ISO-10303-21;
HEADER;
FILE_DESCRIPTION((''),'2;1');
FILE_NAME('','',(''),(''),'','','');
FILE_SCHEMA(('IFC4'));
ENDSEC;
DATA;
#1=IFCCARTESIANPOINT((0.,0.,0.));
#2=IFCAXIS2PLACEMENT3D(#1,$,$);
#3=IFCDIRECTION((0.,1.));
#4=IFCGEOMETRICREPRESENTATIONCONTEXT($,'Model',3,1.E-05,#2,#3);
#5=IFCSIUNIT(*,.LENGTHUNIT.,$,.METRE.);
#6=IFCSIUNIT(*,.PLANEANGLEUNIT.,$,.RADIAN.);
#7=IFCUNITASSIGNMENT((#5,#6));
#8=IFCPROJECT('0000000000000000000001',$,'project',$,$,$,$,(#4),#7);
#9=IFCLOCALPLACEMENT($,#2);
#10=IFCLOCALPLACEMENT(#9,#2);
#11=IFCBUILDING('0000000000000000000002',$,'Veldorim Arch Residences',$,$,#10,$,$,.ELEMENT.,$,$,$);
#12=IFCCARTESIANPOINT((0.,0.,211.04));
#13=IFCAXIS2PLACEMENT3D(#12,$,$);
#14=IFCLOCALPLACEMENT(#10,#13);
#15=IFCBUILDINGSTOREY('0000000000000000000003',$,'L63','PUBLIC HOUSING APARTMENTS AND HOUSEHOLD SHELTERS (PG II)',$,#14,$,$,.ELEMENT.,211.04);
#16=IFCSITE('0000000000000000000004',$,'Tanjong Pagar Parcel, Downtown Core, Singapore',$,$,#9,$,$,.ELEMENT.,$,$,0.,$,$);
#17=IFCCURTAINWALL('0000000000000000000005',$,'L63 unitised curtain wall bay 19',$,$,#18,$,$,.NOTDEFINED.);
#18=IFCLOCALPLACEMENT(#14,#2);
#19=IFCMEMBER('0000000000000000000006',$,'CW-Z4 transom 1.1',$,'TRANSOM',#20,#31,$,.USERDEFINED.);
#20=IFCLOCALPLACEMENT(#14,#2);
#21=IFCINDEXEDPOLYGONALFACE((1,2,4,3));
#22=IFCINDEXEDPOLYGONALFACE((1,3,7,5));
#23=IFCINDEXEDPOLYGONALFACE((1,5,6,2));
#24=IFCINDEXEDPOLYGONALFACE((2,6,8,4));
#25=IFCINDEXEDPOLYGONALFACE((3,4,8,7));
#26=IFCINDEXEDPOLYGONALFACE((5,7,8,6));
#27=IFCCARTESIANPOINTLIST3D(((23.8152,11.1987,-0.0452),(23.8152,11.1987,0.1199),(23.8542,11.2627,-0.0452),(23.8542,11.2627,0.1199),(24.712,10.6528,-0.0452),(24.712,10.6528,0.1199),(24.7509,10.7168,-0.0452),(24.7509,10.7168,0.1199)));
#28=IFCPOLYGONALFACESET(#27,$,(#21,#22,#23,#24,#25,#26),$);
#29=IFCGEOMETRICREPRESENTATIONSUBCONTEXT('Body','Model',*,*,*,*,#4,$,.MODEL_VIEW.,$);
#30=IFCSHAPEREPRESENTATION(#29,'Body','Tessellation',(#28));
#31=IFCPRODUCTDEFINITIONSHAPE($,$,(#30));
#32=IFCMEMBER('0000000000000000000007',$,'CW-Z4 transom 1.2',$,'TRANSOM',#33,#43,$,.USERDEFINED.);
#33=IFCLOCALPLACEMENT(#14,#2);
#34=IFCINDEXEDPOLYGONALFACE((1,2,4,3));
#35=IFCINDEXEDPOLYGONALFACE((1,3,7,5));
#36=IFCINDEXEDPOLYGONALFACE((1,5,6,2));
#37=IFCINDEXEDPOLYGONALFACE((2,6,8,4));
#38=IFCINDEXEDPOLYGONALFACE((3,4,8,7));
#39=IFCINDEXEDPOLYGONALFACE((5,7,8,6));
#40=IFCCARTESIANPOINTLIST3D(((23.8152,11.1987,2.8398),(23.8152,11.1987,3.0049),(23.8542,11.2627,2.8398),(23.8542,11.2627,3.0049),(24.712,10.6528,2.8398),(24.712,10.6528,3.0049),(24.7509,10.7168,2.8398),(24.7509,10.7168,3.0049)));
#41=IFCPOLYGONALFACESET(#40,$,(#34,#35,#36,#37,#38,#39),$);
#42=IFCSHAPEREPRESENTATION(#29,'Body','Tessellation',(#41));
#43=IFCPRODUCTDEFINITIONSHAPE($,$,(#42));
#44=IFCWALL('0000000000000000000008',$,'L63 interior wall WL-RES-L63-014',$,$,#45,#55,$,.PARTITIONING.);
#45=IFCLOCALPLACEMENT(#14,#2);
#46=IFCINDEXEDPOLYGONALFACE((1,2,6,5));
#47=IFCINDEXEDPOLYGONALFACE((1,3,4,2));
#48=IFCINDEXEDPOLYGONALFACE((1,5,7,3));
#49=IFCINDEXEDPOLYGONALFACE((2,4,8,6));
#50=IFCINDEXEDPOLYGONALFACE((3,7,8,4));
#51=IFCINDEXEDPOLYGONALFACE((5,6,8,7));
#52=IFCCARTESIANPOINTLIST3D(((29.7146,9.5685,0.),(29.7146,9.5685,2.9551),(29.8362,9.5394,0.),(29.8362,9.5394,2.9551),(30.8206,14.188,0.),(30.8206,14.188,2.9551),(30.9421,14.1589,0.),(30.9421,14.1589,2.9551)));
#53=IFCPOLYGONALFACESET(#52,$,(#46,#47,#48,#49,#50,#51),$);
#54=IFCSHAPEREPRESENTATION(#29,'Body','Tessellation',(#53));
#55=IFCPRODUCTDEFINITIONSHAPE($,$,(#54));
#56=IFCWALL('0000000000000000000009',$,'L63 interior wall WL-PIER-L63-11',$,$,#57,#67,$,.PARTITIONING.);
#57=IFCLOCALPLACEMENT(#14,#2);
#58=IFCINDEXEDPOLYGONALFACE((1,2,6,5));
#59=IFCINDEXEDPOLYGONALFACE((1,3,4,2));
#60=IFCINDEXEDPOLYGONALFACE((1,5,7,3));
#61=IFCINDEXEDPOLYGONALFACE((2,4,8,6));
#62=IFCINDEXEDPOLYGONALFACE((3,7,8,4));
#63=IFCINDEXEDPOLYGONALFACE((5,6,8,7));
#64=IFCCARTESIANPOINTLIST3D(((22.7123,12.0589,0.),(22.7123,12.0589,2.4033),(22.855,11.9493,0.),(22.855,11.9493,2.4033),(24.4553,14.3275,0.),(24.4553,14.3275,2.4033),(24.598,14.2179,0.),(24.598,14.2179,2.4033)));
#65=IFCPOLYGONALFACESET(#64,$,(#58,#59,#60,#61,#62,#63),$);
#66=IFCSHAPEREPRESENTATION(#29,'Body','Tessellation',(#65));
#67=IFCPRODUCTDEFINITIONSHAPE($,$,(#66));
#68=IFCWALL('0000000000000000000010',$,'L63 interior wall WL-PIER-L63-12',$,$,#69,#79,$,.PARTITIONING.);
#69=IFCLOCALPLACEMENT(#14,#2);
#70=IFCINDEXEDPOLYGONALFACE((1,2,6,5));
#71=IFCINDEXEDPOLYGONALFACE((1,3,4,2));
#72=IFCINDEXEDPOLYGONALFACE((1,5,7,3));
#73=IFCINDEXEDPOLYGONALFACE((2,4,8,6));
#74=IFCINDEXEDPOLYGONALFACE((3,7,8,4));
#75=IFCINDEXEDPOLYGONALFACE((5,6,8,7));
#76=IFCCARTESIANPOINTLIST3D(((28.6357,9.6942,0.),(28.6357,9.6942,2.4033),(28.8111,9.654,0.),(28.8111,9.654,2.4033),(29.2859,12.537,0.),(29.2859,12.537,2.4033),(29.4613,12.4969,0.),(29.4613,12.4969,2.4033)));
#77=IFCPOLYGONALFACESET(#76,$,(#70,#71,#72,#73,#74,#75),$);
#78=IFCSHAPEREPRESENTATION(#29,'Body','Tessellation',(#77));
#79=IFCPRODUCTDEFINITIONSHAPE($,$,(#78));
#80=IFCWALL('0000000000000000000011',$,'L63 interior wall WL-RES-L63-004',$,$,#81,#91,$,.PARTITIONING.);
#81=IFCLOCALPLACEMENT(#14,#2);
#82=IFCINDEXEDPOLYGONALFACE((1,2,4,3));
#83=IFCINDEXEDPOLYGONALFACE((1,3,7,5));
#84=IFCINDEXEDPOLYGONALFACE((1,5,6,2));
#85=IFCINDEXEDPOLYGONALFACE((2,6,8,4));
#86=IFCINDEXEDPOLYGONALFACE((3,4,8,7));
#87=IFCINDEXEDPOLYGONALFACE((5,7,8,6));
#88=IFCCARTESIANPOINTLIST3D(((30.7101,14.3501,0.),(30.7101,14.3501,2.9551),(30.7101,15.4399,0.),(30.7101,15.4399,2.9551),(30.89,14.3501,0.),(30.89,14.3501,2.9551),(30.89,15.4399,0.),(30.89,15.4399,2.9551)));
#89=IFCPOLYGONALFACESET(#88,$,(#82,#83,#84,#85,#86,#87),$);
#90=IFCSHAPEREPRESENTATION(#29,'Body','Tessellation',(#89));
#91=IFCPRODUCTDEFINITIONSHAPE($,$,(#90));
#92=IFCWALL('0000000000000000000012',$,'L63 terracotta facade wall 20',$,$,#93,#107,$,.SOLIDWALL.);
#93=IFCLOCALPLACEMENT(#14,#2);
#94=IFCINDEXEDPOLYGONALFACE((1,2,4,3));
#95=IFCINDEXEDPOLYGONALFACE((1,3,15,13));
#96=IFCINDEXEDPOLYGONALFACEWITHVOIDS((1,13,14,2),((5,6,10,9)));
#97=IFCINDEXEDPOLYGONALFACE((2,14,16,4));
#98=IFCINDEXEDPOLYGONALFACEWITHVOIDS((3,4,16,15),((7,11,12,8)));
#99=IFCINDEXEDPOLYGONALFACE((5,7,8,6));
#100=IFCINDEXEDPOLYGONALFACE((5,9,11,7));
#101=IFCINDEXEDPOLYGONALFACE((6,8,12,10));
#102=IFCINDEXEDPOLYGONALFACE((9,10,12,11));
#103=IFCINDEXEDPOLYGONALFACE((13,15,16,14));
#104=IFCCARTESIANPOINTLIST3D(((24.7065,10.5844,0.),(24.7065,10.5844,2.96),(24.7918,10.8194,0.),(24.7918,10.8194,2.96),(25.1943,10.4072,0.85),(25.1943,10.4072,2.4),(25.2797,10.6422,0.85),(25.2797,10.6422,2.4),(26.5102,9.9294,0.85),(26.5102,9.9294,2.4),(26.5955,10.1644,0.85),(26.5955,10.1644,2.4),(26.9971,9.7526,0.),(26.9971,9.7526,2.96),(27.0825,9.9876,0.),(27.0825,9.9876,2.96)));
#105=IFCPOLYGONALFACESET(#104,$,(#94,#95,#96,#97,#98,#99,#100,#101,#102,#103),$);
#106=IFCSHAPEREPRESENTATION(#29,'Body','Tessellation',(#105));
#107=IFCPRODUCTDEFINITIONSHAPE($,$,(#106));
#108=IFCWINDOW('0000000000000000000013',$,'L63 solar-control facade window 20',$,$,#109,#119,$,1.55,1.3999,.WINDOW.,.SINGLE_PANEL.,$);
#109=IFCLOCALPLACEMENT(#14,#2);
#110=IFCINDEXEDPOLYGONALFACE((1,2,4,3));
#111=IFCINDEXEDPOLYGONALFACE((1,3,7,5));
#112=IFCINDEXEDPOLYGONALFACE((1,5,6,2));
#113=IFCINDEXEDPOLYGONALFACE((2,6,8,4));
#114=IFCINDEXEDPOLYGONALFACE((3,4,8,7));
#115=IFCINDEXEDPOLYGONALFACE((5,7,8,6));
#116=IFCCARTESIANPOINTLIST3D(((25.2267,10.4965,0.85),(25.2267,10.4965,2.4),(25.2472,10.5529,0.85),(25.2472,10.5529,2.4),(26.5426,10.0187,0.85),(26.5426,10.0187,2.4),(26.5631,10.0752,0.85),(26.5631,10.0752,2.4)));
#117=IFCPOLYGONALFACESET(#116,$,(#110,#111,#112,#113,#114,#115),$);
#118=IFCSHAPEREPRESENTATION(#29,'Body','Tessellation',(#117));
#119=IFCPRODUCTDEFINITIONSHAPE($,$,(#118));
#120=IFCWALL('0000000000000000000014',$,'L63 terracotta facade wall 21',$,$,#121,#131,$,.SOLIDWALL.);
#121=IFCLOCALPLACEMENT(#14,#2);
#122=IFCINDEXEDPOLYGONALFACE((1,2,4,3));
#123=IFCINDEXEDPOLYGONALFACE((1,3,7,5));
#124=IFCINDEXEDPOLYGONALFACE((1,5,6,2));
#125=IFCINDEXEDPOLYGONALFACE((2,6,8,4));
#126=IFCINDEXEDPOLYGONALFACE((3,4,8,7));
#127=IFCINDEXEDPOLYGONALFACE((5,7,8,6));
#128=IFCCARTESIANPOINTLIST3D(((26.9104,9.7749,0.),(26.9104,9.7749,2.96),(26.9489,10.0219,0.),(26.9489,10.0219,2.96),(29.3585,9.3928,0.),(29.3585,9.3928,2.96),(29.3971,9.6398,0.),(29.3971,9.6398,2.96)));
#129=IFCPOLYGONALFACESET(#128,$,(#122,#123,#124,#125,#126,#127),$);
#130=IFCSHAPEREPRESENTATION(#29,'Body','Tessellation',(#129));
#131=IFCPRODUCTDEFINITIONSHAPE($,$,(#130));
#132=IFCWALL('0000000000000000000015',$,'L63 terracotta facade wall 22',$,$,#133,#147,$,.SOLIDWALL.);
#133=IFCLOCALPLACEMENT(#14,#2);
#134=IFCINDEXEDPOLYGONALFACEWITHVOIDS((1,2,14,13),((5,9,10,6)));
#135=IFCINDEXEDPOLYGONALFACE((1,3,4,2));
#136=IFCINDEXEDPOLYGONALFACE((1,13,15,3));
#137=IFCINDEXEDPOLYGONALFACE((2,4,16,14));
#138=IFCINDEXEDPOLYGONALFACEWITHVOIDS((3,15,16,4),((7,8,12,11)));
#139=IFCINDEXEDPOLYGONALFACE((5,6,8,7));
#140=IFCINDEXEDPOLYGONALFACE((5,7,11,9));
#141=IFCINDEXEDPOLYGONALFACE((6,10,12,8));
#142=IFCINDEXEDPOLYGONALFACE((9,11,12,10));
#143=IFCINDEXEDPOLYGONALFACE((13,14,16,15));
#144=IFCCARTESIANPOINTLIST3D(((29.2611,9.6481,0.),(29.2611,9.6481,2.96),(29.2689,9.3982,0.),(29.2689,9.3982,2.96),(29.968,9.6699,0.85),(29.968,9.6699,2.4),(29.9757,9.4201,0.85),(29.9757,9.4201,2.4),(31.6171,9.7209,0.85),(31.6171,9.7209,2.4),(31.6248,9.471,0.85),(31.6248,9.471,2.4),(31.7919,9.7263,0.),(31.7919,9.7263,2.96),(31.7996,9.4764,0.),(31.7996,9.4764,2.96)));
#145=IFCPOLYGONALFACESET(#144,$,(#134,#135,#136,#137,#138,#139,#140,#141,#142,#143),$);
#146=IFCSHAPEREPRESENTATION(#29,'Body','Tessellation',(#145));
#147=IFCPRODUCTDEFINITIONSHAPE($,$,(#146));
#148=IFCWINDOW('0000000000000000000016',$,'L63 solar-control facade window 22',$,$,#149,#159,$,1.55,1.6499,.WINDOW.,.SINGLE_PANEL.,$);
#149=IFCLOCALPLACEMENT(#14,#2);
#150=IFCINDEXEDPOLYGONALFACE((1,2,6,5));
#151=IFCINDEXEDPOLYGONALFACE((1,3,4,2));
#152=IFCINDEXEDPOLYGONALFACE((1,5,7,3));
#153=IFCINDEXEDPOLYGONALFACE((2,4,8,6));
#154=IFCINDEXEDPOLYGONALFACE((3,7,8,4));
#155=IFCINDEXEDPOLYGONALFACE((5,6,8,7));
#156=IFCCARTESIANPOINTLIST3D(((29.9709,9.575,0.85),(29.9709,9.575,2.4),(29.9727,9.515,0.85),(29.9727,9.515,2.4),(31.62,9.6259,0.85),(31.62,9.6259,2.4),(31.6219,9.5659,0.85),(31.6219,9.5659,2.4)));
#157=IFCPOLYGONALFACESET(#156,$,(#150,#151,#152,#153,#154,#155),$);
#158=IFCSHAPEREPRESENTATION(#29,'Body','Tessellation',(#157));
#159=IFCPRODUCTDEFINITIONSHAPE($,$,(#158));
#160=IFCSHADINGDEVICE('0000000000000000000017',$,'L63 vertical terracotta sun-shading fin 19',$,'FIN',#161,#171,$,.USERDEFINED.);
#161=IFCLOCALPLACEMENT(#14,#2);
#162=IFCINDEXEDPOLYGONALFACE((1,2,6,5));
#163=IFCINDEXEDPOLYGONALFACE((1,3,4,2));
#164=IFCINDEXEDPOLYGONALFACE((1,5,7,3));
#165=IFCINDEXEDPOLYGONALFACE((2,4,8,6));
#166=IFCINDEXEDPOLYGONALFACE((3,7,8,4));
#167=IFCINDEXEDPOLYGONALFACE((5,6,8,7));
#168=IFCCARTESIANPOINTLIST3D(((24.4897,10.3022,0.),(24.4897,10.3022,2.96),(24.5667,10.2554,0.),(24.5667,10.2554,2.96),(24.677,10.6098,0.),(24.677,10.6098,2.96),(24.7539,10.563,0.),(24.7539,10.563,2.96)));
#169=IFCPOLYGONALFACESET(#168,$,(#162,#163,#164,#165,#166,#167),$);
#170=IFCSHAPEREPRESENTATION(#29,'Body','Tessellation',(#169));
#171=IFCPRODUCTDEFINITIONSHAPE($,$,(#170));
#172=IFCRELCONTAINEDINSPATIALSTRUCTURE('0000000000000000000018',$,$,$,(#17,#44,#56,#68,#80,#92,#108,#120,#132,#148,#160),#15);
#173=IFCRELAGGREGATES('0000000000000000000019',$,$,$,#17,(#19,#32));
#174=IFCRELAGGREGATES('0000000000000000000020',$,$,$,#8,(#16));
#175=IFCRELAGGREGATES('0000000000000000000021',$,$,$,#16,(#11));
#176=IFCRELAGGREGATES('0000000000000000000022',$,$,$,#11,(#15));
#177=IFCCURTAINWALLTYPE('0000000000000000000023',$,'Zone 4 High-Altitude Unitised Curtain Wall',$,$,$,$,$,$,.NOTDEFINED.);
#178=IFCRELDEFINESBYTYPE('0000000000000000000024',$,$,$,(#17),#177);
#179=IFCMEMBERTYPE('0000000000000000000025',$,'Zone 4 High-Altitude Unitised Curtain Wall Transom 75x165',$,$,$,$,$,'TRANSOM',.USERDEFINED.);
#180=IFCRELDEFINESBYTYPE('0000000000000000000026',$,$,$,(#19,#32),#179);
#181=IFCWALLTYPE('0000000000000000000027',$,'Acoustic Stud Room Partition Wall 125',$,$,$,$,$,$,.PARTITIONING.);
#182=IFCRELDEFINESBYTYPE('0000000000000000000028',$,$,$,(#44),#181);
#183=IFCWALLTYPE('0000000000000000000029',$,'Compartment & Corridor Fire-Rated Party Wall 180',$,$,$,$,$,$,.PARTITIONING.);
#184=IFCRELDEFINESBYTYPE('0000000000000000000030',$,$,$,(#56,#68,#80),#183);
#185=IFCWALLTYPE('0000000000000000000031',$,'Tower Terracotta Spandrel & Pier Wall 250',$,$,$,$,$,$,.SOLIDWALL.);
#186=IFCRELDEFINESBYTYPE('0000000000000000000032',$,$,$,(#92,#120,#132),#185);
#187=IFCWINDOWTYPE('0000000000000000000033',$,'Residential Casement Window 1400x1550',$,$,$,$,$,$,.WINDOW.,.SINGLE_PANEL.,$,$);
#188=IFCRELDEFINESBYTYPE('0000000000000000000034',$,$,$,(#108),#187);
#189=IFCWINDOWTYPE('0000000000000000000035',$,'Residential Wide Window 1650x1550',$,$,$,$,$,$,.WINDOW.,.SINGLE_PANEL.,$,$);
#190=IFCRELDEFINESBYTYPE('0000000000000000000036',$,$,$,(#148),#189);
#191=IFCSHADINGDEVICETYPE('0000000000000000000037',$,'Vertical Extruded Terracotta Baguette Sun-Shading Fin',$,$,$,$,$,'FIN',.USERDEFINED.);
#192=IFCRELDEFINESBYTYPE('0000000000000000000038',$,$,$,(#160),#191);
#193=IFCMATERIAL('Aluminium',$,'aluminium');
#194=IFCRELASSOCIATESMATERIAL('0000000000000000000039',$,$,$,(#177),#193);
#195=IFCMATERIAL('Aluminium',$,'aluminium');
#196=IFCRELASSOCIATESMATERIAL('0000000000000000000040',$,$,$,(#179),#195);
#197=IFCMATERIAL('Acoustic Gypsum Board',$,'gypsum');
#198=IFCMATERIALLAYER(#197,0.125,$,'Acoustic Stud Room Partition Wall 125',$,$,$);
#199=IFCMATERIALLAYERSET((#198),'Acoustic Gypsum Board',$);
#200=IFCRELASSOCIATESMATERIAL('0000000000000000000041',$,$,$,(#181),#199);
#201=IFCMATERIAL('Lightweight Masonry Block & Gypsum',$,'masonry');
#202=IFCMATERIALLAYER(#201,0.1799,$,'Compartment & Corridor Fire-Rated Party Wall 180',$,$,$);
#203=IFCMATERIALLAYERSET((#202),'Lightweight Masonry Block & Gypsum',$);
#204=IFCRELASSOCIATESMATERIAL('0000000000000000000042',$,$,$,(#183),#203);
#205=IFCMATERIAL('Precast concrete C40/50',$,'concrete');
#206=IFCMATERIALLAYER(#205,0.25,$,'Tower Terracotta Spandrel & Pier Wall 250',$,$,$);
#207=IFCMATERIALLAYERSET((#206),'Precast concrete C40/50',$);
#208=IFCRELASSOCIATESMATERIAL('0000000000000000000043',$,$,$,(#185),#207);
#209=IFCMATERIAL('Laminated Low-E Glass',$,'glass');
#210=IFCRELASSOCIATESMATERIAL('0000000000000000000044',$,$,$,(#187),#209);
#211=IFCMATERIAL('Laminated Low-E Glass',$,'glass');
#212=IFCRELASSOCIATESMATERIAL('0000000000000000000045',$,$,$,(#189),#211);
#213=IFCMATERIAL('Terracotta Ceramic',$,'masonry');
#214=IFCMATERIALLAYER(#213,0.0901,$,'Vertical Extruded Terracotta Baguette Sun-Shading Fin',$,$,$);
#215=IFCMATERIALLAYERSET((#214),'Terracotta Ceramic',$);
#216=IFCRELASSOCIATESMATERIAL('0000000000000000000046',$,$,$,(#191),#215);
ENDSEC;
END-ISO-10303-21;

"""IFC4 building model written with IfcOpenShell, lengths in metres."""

from ifc_helpers import new_model, si_unit, direction, frame, frame_2d, origin, origin_2d, place, context, subcontext, project, spatial, rectangle, extrude, material, layer, layer_set, material_profile, profile_set, type_object, element, fill, aggregate, save


model = new_model("IFC4")

# Units and contexts
model_context = context("Model", 3, precision=1e-05, world=origin(), true_north=direction((0.0, 1.0)))
body_context = subcontext(model_context, "Body", "Model", "MODEL_VIEW")
ifc_project = project(units=[si_unit("LENGTHUNIT", "METRE"), si_unit("PLANEANGLEUNIT", "RADIAN")], contexts=[model_context])

# Site, building, storey
site_placement = place(None, origin())
site = spatial("IfcSite", under=ifc_project, at=site_placement, Name="Tanjong Pagar Parcel, Downtown Core, Singapore", CompositionType="ELEMENT", RefElevation=0.0)
building_placement = place(site_placement, origin())
building = spatial("IfcBuilding", under=site, at=building_placement, Name="Veldorim Arch Residences", CompositionType="ELEMENT")
storey_placement = place(building_placement, frame((0.0, 0.0, 211.04)))
storey = spatial("IfcBuildingStorey", under=building, at=storey_placement, Name="L63", Description="PUBLIC HOUSING APARTMENTS AND HOUSEHOLD SHELTERS (PG II)", CompositionType="ELEMENT", Elevation=211.04)

# Curtain wall, members
ifc_material_1 = material(Name="Aluminium", Category="aluminium")
curtain_wall_type = type_object("IfcCurtainWallType", Name="Zone 4 High-Altitude Unitised Curtain Wall", PredefinedType="NOTDEFINED", material=ifc_material_1)
curtain_wall_placement = place(storey_placement, origin())
curtain_wall = element("IfcCurtainWall", 1, at=curtain_wall_placement, inside=storey, type_object=curtain_wall_type, Name="L63 unitised curtain wall bay 19", PredefinedType="NOTDEFINED")
ifc_material_2 = material(Name="Aluminium", Category="aluminium")
ifc_material_profile_1 = material_profile(ifc_material_2, rectangle(XDim=0.075, YDim=0.165, at=origin_2d()), Name="ALU_TRN_75x165")
ifc_profile_set_1 = profile_set([ifc_material_profile_1], Name="Aluminium")
member_type_1 = type_object("IfcMemberType", Name="Zone 4 High-Altitude Unitised Curtain Wall Transom 75x165", ElementType="TRANSOM", PredefinedType="USERDEFINED", material=ifc_profile_set_1)
member_1_placement = place(storey_placement, frame((24.7314, 10.6848, 0.0374), z_axis=(-0.854172, 0.519991, 0.0), x_axis=(-0.519991, -0.854172, 0.0)))
member_1 = element("IfcMember", 2, at=member_1_placement, type_object=member_type_1, Name="CW-Z4 transom 1.1", ObjectType="TRANSOM", PredefinedType="USERDEFINED", context=body_context, shape_type="SweptSolid", body=[
    extrude(rectangle(XDim=0.075, YDim=0.165, at=origin_2d()), origin(), (0.0, 0.0, 1.0), 1.0498),
])
member_2_placement = place(storey_placement, frame((24.7314, 10.6848, 2.9224), z_axis=(-0.854172, 0.519991, 0.0), x_axis=(-0.519991, -0.854172, 0.0)))
member_2 = element("IfcMember", 3, at=member_2_placement, type_object=member_type_1, Name="CW-Z4 transom 1.2", ObjectType="TRANSOM", PredefinedType="USERDEFINED", context=body_context, shape_type="SweptSolid", body=[
    extrude(rectangle(XDim=0.075, YDim=0.165, at=origin_2d()), origin(), (0.0, 0.0, 1.0), 1.0498),
])
aggregate(curtain_wall, [member_1, member_2])

# Walls
ifc_material_3 = material(Name="Acoustic Gypsum Board", Category="gypsum")
ifc_layer_1 = layer(ifc_material_3, 0.125, Name="Acoustic Stud Room Partition Wall 125")
ifc_layer_set_1 = layer_set([ifc_layer_1], Name="Acoustic Gypsum Board")
wall_type_1 = type_object("IfcWallType", Name="Acoustic Stud Room Partition Wall 125", PredefinedType="PARTITIONING", material=ifc_layer_set_1)
wall_1_placement = place(storey_placement, frame((29.7754, 9.554, 0.0), z_axis=(0.0, 0.0, 1.0), x_axis=(0.232836, 0.972516, 0.0)))
element("IfcWall", 4, at=wall_1_placement, inside=storey, type_object=wall_type_1, Name="L63 interior wall WL-RES-L63-014", PredefinedType="PARTITIONING", context=body_context, shape_type="SweptSolid", body=[
    extrude(rectangle(XDim=4.75, YDim=0.125, at=frame_2d((2.375, 0.0))), origin(), (0.0, 0.0, 1.0), 2.9551),
])
ifc_material_4 = material(Name="Lightweight Masonry Block & Gypsum", Category="masonry")
ifc_layer_2 = layer(ifc_material_4, 0.1799, Name="Compartment & Corridor Fire-Rated Party Wall 180")
ifc_layer_set_2 = layer_set([ifc_layer_2], Name="Lightweight Masonry Block & Gypsum")
wall_type_2 = type_object("IfcWallType", Name="Compartment & Corridor Fire-Rated Party Wall 180", PredefinedType="PARTITIONING", material=ifc_layer_set_2)
wall_2_placement = place(storey_placement, frame((24.5266, 14.2727, 0.0), z_axis=(0.0, 0.0, 1.0), x_axis=(-0.609245, -0.792982, 0.0)))
element("IfcWall", 5, at=wall_2_placement, inside=storey, type_object=wall_type_2, Name="L63 interior wall WL-PIER-L63-11", PredefinedType="PARTITIONING", context=body_context, shape_type="SweptSolid", body=[
    extrude(rectangle(XDim=2.8608, YDim=0.1799, at=frame_2d((1.4304, 0.0))), origin(), (0.0, 0.0, 1.0), 2.4033),
])
wall_3_placement = place(storey_placement, frame((29.3735, 12.5168, 0.0), z_axis=(0.0, 0.0, 1.0), x_axis=(-0.222945, -0.974831, 0.0)))
element("IfcWall", 6, at=wall_3_placement, inside=storey, type_object=wall_type_2, Name="L63 interior wall WL-PIER-L63-12", PredefinedType="PARTITIONING", context=body_context, shape_type="SweptSolid", body=[
    extrude(rectangle(XDim=2.9163, YDim=0.1799, at=frame_2d((1.458, 0.0))), origin(), (0.0, 0.0, 1.0), 2.4033),
])
wall_4_placement = place(storey_placement, frame((30.8, 14.3501, 0.0), z_axis=(0.0, 0.0, 1.0), x_axis=(0.0, 1.0, 0.0)))
element("IfcWall", 7, at=wall_4_placement, inside=storey, type_object=wall_type_2, Name="L63 interior wall WL-RES-L63-004", PredefinedType="PARTITIONING", context=body_context, shape_type="SweptSolid", body=[
    extrude(rectangle(XDim=1.0898, YDim=0.1799, at=frame_2d((0.5449, 0.0))), origin(), (0.0, 0.0, 1.0), 2.9551),
])

# Wall, opening, window
ifc_material_5 = material(Name="Precast concrete C40/50", Category="concrete")
ifc_layer_3 = layer(ifc_material_5, 0.25, Name="Tower Terracotta Spandrel & Pier Wall 250")
ifc_layer_set_3 = layer_set([ifc_layer_3], Name="Precast concrete C40/50")
wall_type_3 = type_object("IfcWallType", Name="Tower Terracotta Spandrel & Pier Wall 250", PredefinedType="SOLIDWALL", material=ifc_layer_set_3)
wall_5_placement = place(storey_placement, frame((27.0398, 9.8701, 0.0), z_axis=(0.0, 0.0, 1.0), x_axis=(-0.939954, 0.341301, 0.0)))
wall_5 = element("IfcWall", 8, at=wall_5_placement, inside=storey, type_object=wall_type_3, Name="L63 terracotta facade wall 20", PredefinedType="SOLIDWALL", context=body_context, shape_type="SweptSolid", body=[
    extrude(rectangle(XDim=2.437, YDim=0.25, at=frame_2d((1.2185, 0.0))), origin(), (0.0, 0.0, 1.0), 2.96),
])
opening_1_placement = place(wall_5_placement, frame((0.5181, 0.0, 0.8501)))
opening_1 = element("IfcOpeningElement", 9, at=opening_1_placement, cuts=wall_5, PredefinedType="OPENING", context=body_context, shape_type="SweptSolid", body=[
    extrude(rectangle(XDim=1.3999, YDim=1.55, at=frame_2d((0.7, 0.7749))), frame((0.0, 0.135, 0.0), z_axis=(0.0, -1.0, 0.0), x_axis=(1.0, 0.0, 0.0)), (0.0, 0.0, 1.0), 0.27),
])
ifc_material_6 = material(Name="Laminated Low-E Glass", Category="glass")
window_type_1 = type_object("IfcWindowType", Name="Residential Casement Window 1400x1550", PartitioningType="SINGLE_PANEL", PredefinedType="WINDOW", material=ifc_material_6)
window_1_placement = place(opening_1_placement, origin())
window_1 = element("IfcWindow", 10, at=window_1_placement, inside=storey, type_object=window_type_1, Name="L63 solar-control facade window 20", OverallHeight=1.55, OverallWidth=1.3999, PartitioningType="SINGLE_PANEL", PredefinedType="WINDOW", context=body_context, shape_type="SweptSolid", body=[
    extrude(rectangle(XDim=1.3999, YDim=1.55, at=frame_2d((0.7, 0.7749))), frame((0.0, 0.03, 0.0), z_axis=(0.0, -1.0, 0.0), x_axis=(1.0, 0.0, 0.0)), (0.0, 0.0, 1.0), 0.0601),
])
fill(opening_1, window_1)

# Wall
wall_6_placement = place(storey_placement, frame((29.3777, 9.5164, 0.0), z_axis=(0.0, 0.0, 1.0), x_axis=(-0.98804, 0.154197, 0.0)))
element("IfcWall", 11, at=wall_6_placement, inside=storey, type_object=wall_type_3, Name="L63 terracotta facade wall 21", PredefinedType="SOLIDWALL", context=body_context, shape_type="SweptSolid", body=[
    extrude(rectangle(XDim=2.4778, YDim=0.25, at=frame_2d((1.2388, 0.0))), origin(), (0.0, 0.0, 1.0), 2.96),
])

# Wall, opening, window
wall_7_placement = place(storey_placement, frame((31.7959, 9.6013, 0.0), z_axis=(0.0, 0.0, 1.0), x_axis=(-0.999524, -0.030855, 0.0)))
wall_7 = element("IfcWall", 12, at=wall_7_placement, inside=storey, type_object=wall_type_3, Name="L63 terracotta facade wall 22", PredefinedType="SOLIDWALL", context=body_context, shape_type="SweptSolid", body=[
    extrude(rectangle(XDim=2.532, YDim=0.25, at=frame_2d((1.2661, 0.0))), origin(), (0.0, 0.0, 1.0), 2.96),
])
opening_2_placement = place(wall_7_placement, frame((0.175, 0.0, 0.8501)))
opening_2 = element("IfcOpeningElement", 13, at=opening_2_placement, cuts=wall_7, PredefinedType="OPENING", context=body_context, shape_type="SweptSolid", body=[
    extrude(rectangle(XDim=1.6499, YDim=1.55, at=frame_2d((0.825, 0.7749))), frame((0.0, 0.135, 0.0), z_axis=(0.0, -1.0, 0.0), x_axis=(1.0, 0.0, 0.0)), (0.0, 0.0, 1.0), 0.27),
])
ifc_material_7 = material(Name="Laminated Low-E Glass", Category="glass")
window_type_2 = type_object("IfcWindowType", Name="Residential Wide Window 1650x1550", PartitioningType="SINGLE_PANEL", PredefinedType="WINDOW", material=ifc_material_7)
window_2_placement = place(opening_2_placement, origin())
window_2 = element("IfcWindow", 14, at=window_2_placement, inside=storey, type_object=window_type_2, Name="L63 solar-control facade window 22", OverallHeight=1.55, OverallWidth=1.6499, PartitioningType="SINGLE_PANEL", PredefinedType="WINDOW", context=body_context, shape_type="SweptSolid", body=[
    extrude(rectangle(XDim=1.6499, YDim=1.55, at=frame_2d((0.825, 0.7749))), frame((0.0, 0.03, 0.0), z_axis=(0.0, -1.0, 0.0), x_axis=(1.0, 0.0, 0.0)), (0.0, 0.0, 1.0), 0.0601),
])
fill(opening_2, window_2)

# Shading device
ifc_material_8 = material(Name="Terracotta Ceramic", Category="masonry")
ifc_layer_4 = layer(ifc_material_8, 0.0901, Name="Vertical Extruded Terracotta Baguette Sun-Shading Fin")
ifc_layer_set_4 = layer_set([ifc_layer_4], Name="Terracotta Ceramic")
shading_device_type = type_object("IfcShadingDeviceType", Name="Vertical Extruded Terracotta Baguette Sun-Shading Fin", ElementType="FIN", PredefinedType="USERDEFINED", material=ifc_layer_set_4)
shading_device_placement = place(storey_placement, frame((24.6218, 10.4326, 0.0), z_axis=(0.0, 0.0, 1.0), x_axis=(-0.854187, 0.519966, 0.0)))
element("IfcShadingDevice", 15, at=shading_device_placement, inside=storey, type_object=shading_device_type, Name="L63 vertical terracotta sun-shading fin 19", ObjectType="FIN", PredefinedType="USERDEFINED", context=body_context, shape_type="SweptSolid", body=[
    extrude(rectangle(XDim=0.0901, YDim=0.3601, at=origin_2d()), origin(), (0.0, 0.0, 1.0), 2.96),
])

save(model, "model.ifc")
